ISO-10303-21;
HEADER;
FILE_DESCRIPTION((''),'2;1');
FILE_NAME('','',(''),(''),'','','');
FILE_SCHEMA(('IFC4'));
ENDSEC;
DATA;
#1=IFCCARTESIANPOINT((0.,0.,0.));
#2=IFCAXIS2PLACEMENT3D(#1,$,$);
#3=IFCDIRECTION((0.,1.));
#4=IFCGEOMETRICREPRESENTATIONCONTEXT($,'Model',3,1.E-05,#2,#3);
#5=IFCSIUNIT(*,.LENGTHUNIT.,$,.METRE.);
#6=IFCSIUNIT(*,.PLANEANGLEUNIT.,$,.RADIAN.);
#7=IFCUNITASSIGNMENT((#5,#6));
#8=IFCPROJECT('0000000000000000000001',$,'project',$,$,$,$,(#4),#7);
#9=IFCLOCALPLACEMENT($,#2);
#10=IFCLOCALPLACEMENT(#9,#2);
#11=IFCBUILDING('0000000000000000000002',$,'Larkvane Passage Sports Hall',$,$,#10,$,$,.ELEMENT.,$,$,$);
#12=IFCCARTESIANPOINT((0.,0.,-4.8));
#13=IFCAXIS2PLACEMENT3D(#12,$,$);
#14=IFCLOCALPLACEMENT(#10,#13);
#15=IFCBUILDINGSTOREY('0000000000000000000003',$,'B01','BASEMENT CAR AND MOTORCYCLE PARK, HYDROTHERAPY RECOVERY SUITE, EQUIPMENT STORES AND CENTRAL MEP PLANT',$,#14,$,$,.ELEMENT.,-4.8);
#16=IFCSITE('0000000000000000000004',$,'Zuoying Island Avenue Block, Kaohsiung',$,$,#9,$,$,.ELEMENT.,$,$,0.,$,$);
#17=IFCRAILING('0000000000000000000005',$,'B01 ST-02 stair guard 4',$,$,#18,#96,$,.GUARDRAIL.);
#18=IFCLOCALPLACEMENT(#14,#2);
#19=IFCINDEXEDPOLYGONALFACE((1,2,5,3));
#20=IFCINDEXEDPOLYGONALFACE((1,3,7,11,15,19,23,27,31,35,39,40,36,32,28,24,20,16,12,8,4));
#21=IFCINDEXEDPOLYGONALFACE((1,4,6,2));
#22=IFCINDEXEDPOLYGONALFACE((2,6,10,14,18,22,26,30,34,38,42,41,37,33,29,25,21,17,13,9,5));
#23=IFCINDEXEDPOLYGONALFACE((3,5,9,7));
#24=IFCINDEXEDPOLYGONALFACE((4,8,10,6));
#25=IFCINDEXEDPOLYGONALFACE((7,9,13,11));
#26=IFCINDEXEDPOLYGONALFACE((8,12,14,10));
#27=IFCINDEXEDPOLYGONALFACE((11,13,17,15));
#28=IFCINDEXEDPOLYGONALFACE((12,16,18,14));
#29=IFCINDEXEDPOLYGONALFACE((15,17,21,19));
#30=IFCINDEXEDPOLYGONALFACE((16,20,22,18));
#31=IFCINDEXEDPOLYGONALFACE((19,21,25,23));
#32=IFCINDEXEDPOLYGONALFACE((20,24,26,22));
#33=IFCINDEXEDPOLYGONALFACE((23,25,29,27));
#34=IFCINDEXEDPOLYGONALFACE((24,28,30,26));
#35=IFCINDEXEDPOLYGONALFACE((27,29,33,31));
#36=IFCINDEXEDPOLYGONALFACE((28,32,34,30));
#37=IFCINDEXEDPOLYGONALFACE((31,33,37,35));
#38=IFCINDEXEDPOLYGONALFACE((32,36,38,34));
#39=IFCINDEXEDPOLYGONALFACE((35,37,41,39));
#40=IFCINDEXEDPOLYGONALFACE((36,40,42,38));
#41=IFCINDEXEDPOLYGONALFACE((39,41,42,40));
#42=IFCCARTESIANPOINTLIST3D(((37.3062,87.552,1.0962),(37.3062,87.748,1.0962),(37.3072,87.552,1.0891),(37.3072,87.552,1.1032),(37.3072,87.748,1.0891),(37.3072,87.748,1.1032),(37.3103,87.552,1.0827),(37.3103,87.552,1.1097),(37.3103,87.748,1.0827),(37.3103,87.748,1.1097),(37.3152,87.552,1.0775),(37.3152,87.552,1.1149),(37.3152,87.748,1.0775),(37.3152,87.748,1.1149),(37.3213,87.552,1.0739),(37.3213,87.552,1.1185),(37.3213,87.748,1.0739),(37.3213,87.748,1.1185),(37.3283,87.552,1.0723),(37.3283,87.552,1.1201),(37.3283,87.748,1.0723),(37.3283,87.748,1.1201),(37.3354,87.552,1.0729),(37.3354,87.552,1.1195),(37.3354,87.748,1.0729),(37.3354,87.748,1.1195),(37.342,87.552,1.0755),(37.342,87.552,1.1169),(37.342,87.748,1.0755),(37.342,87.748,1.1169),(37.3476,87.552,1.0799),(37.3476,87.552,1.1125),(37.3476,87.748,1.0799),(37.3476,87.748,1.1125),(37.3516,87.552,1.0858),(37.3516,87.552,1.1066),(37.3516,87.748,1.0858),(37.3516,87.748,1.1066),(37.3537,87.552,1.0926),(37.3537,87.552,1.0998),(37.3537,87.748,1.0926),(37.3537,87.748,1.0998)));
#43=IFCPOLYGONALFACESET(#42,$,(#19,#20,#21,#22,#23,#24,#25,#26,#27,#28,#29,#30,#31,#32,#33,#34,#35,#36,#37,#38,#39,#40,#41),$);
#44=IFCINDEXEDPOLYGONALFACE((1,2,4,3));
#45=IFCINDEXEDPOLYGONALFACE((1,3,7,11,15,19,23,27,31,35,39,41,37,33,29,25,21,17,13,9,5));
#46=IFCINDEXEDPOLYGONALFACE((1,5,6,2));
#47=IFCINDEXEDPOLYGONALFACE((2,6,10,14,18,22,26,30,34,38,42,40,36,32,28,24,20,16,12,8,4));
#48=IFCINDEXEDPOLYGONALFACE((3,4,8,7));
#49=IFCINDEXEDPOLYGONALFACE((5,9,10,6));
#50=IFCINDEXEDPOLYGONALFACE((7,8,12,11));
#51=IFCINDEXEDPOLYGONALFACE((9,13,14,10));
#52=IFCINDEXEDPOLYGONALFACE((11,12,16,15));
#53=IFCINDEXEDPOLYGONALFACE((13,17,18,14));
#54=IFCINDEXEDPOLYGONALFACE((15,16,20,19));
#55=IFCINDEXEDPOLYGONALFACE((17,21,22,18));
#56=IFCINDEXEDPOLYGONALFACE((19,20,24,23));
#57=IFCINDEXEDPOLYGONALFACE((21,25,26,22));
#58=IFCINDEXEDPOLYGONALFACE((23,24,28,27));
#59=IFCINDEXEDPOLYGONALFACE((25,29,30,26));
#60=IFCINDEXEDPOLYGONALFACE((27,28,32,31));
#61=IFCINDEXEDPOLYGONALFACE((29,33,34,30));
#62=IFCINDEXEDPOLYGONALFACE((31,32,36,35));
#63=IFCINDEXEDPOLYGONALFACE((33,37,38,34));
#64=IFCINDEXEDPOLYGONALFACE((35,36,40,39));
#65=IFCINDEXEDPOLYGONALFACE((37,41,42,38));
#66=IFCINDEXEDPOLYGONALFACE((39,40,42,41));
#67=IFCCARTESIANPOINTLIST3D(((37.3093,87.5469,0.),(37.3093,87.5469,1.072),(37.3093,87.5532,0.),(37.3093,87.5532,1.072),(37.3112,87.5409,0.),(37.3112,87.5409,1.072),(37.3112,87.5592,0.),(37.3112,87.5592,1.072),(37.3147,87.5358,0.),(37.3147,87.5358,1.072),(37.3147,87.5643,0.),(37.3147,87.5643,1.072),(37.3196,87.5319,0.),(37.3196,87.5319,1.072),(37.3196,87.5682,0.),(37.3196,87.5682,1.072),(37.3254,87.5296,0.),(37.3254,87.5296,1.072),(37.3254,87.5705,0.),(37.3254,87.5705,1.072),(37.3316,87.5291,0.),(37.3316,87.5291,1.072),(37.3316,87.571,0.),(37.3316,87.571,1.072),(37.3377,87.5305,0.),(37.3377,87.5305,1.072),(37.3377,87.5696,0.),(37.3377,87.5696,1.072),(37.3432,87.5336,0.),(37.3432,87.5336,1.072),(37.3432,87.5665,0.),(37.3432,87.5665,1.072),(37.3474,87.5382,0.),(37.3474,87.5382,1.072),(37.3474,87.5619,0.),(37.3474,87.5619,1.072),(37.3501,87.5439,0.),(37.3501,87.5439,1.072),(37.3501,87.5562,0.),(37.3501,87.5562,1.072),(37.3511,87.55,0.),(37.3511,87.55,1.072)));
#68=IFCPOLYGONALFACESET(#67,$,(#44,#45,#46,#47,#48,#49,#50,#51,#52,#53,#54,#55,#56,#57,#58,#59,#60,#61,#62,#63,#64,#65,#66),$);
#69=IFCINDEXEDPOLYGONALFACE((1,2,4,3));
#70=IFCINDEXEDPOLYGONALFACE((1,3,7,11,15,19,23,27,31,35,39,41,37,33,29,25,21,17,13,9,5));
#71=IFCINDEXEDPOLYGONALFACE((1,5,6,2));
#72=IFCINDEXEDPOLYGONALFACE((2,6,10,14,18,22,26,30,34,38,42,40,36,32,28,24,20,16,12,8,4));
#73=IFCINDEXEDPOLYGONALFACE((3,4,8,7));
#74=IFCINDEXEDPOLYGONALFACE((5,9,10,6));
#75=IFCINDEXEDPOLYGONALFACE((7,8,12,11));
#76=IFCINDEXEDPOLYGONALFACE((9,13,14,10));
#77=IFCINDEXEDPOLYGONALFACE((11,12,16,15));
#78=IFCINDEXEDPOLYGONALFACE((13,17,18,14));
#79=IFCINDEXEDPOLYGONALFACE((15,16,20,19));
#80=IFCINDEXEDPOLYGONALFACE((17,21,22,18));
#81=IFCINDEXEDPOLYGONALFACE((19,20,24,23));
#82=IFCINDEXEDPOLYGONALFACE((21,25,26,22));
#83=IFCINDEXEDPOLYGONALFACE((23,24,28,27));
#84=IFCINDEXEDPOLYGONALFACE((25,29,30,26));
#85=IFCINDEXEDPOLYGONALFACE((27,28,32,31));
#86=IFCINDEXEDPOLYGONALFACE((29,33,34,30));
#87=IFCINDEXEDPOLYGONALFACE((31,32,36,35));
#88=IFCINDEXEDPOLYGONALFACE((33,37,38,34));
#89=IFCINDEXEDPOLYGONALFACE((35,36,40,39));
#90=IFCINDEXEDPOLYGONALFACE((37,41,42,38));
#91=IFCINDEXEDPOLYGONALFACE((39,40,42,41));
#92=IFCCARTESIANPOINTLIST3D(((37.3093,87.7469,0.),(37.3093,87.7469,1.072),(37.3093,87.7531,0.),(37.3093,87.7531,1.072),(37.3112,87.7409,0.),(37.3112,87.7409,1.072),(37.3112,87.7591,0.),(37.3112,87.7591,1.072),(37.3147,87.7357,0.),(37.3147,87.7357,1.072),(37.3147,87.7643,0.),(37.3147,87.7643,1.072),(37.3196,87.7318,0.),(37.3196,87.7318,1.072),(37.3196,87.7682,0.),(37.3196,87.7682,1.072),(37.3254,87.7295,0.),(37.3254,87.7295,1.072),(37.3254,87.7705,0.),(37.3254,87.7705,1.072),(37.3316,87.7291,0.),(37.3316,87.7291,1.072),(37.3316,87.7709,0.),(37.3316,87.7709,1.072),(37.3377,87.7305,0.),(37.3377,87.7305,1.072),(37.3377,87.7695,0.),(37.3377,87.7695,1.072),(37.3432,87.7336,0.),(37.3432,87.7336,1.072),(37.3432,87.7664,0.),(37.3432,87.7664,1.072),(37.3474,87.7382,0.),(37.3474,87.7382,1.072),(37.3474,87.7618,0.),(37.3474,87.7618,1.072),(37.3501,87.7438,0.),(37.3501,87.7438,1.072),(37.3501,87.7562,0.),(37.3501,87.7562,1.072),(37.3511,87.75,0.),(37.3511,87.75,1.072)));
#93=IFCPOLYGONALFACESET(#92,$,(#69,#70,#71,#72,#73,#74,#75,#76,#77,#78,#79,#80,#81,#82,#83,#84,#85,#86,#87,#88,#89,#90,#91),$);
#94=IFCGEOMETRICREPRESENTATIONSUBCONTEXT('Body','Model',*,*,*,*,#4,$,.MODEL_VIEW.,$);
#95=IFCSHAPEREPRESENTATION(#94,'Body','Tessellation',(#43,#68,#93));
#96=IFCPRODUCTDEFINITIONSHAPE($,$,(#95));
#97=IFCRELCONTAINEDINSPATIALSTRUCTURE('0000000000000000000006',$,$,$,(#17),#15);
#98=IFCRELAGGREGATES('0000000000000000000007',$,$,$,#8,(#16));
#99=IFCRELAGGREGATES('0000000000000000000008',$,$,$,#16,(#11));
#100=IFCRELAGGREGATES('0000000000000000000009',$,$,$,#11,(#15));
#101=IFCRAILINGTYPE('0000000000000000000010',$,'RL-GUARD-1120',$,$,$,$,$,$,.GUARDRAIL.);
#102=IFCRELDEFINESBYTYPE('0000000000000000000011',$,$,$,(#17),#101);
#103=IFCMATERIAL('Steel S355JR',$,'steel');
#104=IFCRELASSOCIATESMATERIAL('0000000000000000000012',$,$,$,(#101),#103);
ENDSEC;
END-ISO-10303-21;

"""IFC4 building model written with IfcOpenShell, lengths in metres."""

from ifc_helpers import new_model, si_unit, direction, frame, origin, origin_2d, place, context, subcontext, project, spatial, circle, extrude, material, type_object, element, save


model = new_model("IFC4")

# Units and contexts
model_context = context("Model", 3, precision=1e-05, world=origin(), true_north=direction((0.0, 1.0)))
body_context = subcontext(model_context, "Body", "Model", "MODEL_VIEW")
ifc_project = project(units=[si_unit("LENGTHUNIT", "METRE"), si_unit("PLANEANGLEUNIT", "RADIAN")], contexts=[model_context])

# Site, building, storey
site_placement = place(None, origin())
site = spatial("IfcSite", under=ifc_project, at=site_placement, Name="Zuoying Island Avenue Block, Kaohsiung", CompositionType="ELEMENT", RefElevation=0.0)
building_placement = place(site_placement, origin())
building = spatial("IfcBuilding", under=site, at=building_placement, Name="Larkvane Passage Sports Hall", CompositionType="ELEMENT")
storey_placement = place(building_placement, frame((0.0, 0.0, -4.8)))
storey = spatial("IfcBuildingStorey", under=building, at=storey_placement, Name="B01", Description="BASEMENT CAR AND MOTORCYCLE PARK, HYDROTHERAPY RECOVERY SUITE, EQUIPMENT STORES AND CENTRAL MEP PLANT", CompositionType="ELEMENT", Elevation=-4.8)

# Railing
ifc_material_1 = material(Name="Steel S355JR", Category="steel")
railing_type_1 = type_object("IfcRailingType", Name="RL-GUARD-1120", PredefinedType="GUARDRAIL", material=ifc_material_1)
railing_1_placement = place(storey_placement, frame((37.3301, 87.55, 0.0)))
element("IfcRailing", 1, at=railing_1_placement, inside=storey, type_object=railing_type_1, Name="B01 ST-02 stair guard 4", PredefinedType="GUARDRAIL", context=body_context, shape_type="SweptSolid", body=[
    extrude(circle(Radius=0.0239, at=origin_2d()), frame((0.0, 0.002, 1.0962), z_axis=(0.0, 1.0, 0.0), x_axis=(-1.0, 0.0, 0.0)), (0.0, 0.0, 1.0), 0.196),
    extrude(circle(Radius=0.021, at=origin_2d()), origin(), (0.0, 0.0, 1.0), 1.072),
    extrude(circle(Radius=0.021, at=origin_2d()), frame((0.0, 0.2, 0.0)), (0.0, 0.0, 1.0), 1.072),
])

save(model, "model.ifc")
